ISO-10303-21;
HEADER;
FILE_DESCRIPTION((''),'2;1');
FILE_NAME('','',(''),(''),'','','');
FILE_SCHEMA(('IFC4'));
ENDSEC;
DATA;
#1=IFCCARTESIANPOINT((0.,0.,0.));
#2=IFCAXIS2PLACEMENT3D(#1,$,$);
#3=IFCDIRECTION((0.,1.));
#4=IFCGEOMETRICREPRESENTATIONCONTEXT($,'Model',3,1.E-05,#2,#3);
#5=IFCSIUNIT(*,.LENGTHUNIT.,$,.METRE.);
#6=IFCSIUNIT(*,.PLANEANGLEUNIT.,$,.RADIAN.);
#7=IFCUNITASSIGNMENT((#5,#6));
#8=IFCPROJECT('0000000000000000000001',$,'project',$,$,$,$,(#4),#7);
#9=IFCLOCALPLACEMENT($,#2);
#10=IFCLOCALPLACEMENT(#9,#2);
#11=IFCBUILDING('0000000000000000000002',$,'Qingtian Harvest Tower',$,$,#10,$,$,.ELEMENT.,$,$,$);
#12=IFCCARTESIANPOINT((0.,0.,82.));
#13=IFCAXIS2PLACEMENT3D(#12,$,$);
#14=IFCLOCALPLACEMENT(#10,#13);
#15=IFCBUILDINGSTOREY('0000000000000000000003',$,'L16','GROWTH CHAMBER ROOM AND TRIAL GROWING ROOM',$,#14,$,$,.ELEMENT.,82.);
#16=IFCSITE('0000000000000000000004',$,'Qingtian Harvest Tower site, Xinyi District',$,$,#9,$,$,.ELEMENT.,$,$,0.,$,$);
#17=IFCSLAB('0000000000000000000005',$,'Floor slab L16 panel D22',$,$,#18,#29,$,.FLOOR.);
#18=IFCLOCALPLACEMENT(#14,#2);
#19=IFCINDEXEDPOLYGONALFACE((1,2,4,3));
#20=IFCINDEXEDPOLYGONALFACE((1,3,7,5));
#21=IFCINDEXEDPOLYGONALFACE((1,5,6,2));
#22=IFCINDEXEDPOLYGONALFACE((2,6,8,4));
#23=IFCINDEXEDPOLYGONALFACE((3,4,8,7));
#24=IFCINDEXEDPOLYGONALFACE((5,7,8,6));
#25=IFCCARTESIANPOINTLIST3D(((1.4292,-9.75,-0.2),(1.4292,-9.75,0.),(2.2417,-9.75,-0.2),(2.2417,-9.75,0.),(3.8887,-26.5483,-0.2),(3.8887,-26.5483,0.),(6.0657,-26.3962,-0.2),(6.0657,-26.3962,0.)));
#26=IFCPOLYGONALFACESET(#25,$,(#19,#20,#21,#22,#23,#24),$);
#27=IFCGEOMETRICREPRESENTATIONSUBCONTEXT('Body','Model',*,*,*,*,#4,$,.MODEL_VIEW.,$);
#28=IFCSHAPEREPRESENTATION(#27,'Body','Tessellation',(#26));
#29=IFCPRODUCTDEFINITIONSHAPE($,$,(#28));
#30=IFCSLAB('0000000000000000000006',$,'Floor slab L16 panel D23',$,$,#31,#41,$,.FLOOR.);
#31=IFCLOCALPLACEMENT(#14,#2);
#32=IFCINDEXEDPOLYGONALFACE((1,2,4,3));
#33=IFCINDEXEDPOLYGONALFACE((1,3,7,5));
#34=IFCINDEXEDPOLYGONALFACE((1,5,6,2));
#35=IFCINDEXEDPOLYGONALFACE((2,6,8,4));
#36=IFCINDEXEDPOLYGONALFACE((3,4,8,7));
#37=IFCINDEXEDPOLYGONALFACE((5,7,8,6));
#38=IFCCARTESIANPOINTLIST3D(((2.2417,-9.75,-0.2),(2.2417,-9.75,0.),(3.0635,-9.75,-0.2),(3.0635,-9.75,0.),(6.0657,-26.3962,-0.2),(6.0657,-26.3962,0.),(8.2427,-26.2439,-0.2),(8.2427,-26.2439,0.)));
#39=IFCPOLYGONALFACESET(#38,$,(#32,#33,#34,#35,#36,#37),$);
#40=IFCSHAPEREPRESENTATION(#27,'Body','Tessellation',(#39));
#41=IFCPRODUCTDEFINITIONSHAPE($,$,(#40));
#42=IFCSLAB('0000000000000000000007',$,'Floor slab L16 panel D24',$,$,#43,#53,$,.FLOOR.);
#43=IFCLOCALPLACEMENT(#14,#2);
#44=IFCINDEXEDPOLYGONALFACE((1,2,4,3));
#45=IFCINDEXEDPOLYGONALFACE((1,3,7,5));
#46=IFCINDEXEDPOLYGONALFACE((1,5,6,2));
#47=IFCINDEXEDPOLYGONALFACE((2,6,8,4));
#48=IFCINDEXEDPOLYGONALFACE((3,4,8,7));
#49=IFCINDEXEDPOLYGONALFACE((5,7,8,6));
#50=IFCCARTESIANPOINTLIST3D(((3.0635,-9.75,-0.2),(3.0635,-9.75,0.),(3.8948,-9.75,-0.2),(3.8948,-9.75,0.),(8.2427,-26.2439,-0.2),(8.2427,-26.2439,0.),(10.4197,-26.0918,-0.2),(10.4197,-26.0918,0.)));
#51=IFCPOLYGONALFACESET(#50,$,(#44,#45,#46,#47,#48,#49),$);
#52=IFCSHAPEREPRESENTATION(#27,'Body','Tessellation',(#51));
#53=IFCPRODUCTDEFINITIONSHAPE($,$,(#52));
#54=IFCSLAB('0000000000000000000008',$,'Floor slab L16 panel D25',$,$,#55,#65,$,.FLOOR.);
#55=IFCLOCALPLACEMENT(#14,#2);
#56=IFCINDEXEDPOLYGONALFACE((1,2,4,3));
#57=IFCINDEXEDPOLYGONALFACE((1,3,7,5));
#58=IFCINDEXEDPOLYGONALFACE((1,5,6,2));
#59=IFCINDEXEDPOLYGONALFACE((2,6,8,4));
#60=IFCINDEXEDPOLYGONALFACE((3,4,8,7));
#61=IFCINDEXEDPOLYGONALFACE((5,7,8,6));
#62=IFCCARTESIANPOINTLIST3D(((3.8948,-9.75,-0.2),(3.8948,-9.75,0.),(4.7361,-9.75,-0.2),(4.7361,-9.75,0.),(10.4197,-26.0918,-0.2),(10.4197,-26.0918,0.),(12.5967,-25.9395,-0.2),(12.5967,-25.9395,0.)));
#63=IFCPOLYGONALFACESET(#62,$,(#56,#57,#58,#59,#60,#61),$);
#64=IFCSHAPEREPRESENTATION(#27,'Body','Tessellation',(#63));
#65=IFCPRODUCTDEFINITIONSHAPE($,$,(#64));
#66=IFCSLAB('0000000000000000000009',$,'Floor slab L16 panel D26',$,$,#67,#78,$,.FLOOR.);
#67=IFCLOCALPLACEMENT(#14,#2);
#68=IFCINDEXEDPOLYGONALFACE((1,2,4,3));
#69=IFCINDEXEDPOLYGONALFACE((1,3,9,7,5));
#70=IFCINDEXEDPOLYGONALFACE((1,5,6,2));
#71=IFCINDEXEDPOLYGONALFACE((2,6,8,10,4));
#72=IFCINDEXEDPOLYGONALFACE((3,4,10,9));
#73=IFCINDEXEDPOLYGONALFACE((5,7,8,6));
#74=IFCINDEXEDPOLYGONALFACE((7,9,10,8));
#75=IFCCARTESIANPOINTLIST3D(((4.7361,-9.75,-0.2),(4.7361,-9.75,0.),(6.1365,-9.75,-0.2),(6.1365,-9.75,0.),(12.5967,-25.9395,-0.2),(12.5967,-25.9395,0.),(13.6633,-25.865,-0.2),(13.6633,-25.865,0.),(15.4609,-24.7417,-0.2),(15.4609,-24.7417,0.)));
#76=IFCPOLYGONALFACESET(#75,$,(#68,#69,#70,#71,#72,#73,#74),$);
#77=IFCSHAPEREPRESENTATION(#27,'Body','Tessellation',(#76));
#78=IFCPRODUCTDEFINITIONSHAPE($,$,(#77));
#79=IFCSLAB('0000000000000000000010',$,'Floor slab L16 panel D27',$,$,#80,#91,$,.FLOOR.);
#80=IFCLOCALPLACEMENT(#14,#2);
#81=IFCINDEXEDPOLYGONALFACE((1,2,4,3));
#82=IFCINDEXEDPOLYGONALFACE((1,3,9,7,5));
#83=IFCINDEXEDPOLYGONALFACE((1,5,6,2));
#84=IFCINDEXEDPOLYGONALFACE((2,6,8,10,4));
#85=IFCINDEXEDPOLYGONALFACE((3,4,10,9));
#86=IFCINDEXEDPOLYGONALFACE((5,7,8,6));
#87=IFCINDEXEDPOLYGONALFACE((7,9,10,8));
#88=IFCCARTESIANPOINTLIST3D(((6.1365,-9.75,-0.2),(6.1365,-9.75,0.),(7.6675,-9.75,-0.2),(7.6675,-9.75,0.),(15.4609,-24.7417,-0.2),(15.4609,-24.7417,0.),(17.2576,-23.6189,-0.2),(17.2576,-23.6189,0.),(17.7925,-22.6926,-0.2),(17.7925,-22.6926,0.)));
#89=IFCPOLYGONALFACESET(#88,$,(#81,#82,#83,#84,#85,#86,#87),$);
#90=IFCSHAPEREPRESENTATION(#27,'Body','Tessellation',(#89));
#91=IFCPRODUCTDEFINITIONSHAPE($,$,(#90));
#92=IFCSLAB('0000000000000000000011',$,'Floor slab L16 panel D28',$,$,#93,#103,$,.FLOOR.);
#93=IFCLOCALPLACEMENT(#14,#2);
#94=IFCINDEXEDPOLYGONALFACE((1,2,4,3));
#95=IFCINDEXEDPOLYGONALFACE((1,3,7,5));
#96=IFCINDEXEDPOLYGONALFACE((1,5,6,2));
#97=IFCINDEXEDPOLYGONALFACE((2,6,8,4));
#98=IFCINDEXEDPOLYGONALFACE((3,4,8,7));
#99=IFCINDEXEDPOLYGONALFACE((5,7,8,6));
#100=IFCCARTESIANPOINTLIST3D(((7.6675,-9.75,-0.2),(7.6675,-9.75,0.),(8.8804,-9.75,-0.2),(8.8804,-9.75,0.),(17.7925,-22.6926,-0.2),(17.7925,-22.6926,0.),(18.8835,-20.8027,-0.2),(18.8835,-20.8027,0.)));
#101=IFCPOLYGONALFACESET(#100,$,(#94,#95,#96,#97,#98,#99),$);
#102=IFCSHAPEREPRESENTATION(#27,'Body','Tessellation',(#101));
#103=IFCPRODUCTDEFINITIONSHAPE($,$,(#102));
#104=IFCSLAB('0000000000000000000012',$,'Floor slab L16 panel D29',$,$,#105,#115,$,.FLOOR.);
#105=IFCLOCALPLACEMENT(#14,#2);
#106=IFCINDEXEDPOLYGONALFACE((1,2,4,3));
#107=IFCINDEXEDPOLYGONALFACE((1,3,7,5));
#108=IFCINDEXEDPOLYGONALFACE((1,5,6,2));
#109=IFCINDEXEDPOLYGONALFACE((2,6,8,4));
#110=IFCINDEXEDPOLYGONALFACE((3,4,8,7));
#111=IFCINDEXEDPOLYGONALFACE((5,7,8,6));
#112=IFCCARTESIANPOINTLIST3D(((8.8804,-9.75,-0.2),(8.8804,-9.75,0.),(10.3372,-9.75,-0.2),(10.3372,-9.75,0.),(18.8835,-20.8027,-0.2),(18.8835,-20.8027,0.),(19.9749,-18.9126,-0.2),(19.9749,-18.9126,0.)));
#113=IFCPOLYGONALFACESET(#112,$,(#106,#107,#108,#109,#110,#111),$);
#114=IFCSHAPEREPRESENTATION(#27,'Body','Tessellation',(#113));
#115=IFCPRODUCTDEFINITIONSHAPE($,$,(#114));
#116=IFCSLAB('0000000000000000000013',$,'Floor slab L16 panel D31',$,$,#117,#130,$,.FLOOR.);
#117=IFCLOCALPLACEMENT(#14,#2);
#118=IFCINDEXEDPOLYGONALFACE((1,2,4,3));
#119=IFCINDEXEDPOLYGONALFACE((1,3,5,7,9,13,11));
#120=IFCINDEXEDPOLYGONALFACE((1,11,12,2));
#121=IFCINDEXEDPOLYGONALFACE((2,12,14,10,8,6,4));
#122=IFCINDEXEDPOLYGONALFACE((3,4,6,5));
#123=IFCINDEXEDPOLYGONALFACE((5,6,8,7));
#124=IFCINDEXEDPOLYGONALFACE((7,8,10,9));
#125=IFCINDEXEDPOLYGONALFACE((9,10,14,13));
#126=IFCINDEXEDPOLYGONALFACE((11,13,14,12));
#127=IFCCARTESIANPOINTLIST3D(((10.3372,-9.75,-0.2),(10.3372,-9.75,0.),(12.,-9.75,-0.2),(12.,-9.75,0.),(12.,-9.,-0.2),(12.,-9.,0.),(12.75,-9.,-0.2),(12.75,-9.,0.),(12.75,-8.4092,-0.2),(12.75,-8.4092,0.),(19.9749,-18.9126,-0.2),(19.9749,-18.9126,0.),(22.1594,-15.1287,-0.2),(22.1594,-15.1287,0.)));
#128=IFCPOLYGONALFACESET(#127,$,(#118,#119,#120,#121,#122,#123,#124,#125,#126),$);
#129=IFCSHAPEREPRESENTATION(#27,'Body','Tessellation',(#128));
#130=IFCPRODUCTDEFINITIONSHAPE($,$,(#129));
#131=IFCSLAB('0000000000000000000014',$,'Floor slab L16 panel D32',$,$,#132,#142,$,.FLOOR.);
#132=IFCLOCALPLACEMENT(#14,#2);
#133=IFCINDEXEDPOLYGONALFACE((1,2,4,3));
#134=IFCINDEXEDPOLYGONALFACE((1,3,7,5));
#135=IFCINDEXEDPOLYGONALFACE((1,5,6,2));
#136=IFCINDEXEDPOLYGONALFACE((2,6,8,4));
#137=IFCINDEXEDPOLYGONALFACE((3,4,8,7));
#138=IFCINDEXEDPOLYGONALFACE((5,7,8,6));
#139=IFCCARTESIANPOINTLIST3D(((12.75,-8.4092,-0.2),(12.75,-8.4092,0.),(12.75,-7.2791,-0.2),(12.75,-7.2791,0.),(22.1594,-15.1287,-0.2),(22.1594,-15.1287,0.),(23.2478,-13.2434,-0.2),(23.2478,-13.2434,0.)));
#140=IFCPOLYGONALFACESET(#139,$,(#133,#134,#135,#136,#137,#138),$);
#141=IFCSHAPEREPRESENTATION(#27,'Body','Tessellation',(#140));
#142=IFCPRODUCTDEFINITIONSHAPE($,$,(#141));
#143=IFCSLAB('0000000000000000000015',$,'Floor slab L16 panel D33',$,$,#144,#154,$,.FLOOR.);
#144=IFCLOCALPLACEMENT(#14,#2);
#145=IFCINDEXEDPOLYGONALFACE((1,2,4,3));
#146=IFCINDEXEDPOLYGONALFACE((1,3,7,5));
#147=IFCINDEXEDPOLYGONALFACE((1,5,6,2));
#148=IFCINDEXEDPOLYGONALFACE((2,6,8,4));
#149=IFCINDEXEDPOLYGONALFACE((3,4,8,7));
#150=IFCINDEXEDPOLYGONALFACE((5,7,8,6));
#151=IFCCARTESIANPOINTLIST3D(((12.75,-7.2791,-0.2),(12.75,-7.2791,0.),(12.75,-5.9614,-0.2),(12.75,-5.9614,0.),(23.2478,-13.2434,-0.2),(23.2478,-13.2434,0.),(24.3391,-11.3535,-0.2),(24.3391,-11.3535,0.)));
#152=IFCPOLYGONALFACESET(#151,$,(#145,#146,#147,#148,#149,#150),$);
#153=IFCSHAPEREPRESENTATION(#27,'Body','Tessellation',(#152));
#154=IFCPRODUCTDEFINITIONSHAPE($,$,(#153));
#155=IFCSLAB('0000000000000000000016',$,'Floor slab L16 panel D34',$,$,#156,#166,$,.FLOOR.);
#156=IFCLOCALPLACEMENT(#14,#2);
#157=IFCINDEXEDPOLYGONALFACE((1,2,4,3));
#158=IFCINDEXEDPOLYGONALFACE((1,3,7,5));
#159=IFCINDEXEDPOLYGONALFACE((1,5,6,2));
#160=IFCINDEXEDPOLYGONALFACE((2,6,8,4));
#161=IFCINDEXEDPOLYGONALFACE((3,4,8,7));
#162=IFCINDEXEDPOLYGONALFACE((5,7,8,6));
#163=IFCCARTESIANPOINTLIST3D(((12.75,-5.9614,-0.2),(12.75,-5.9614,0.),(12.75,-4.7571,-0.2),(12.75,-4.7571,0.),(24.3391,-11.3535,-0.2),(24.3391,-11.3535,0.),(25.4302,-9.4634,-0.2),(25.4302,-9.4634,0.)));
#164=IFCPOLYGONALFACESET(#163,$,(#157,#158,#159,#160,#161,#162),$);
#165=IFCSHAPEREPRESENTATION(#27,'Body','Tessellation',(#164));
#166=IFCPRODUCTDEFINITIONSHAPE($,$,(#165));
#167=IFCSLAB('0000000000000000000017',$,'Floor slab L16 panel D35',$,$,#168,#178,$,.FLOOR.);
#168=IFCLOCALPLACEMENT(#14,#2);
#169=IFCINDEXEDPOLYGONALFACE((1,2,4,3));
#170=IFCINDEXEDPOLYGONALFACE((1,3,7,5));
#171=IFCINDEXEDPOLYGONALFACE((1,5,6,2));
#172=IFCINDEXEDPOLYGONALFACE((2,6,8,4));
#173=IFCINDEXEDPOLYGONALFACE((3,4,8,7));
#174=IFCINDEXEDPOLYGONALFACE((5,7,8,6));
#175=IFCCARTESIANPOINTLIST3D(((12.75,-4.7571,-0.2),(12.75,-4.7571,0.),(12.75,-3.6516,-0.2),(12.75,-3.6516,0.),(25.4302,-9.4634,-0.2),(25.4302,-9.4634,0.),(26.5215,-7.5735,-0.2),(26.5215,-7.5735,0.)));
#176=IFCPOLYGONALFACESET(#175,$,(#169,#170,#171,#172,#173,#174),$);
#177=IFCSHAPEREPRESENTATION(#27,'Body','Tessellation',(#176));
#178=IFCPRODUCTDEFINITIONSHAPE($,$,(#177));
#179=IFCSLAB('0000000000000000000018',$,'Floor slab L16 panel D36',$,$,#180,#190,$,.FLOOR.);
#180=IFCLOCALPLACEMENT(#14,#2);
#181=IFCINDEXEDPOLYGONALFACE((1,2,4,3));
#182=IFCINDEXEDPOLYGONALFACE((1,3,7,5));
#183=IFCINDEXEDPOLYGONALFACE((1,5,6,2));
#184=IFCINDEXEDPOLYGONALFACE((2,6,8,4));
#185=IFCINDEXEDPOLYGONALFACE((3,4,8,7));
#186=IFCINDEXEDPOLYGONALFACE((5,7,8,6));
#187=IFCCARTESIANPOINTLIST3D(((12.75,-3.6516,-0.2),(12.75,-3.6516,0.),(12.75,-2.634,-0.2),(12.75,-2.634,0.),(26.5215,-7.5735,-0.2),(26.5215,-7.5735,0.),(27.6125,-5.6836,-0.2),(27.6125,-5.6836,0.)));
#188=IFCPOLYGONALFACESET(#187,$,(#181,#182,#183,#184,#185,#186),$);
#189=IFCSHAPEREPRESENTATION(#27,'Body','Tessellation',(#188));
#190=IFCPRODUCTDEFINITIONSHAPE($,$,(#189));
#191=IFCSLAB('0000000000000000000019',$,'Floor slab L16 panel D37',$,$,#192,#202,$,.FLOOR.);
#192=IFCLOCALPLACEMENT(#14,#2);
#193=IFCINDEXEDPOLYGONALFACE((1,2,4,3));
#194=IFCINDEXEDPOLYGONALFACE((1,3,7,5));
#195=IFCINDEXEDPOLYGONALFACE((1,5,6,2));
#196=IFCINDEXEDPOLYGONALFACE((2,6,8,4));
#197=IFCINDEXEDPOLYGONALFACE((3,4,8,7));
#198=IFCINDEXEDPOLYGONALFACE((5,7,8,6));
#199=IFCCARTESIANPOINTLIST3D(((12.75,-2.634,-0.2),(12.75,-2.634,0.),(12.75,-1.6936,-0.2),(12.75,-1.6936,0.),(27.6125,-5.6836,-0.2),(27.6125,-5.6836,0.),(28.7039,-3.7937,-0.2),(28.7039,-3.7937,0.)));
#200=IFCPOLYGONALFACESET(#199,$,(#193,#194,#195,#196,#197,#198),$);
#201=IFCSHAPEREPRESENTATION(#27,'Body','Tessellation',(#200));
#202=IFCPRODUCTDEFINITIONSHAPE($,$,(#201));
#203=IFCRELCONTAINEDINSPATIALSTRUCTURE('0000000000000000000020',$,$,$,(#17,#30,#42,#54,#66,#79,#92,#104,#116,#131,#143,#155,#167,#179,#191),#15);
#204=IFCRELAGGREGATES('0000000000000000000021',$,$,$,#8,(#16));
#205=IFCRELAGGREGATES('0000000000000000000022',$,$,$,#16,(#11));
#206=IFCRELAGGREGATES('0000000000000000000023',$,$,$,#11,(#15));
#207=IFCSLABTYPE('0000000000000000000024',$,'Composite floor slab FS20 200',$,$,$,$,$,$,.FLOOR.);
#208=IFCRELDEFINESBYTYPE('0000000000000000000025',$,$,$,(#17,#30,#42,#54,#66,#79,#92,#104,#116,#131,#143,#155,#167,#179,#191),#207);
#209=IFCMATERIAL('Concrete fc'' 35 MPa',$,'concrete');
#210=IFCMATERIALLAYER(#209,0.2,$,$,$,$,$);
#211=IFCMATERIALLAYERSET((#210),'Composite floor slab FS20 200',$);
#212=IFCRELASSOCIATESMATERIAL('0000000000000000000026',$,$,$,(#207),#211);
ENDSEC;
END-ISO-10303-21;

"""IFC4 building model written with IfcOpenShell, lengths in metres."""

from ifc_helpers import new_model, si_unit, direction, frame, origin, place, context, subcontext, project, spatial, polyline, outline, extrude, material, layer, layer_set, type_object, element, save


model = new_model("IFC4")

# Units and contexts
model_context = context("Model", 3, precision=1e-05, world=origin(), true_north=direction((0.0, 1.0)))
body_context = subcontext(model_context, "Body", "Model", "MODEL_VIEW")
ifc_project = project(units=[si_unit("LENGTHUNIT", "METRE"), si_unit("PLANEANGLEUNIT", "RADIAN")], contexts=[model_context])

# Site, building, storey
site_placement = place(None, origin())
site = spatial("IfcSite", under=ifc_project, at=site_placement, Name="Qingtian Harvest Tower site, Xinyi District", CompositionType="ELEMENT", RefElevation=0.0)
building_placement = place(site_placement, origin())
building = spatial("IfcBuilding", under=site, at=building_placement, Name="Qingtian Harvest Tower", CompositionType="ELEMENT")
storey_placement = place(building_placement, frame((0.0, 0.0, 82.0)))
storey = spatial("IfcBuildingStorey", under=building, at=storey_placement, Name="L16", Description="GROWTH CHAMBER ROOM AND TRIAL GROWING ROOM", CompositionType="ELEMENT", Elevation=82.0)

# Slabs
ifc_material = material(Name="Concrete fc' 35 MPa", Category="concrete")
ifc_layer = layer(ifc_material, 0.2)
ifc_layer_set = layer_set([ifc_layer], Name="Composite floor slab FS20 200")
slab_type = type_object("IfcSlabType", Name="Composite floor slab FS20 200", PredefinedType="FLOOR", material=ifc_layer_set)
slab_1_placement = place(storey_placement, frame((0.0, 0.0, -0.2)))
element("IfcSlab", 1, at=slab_1_placement, inside=storey, type_object=slab_type, Name="Floor slab L16 panel D22", PredefinedType="FLOOR", context=body_context, shape_type="SweptSolid", body=[
    extrude(outline(polyline([(2.2417, -9.75), (6.0657, -26.3962), (3.8887, -26.5483), (1.4292, -9.75), (2.2417, -9.75)])), origin(), (0.0, 0.0, 1.0), 0.2),
])
slab_2_placement = place(storey_placement, frame((0.0, 0.0, -0.2)))
element("IfcSlab", 2, at=slab_2_placement, inside=storey, type_object=slab_type, Name="Floor slab L16 panel D23", PredefinedType="FLOOR", context=body_context, shape_type="SweptSolid", body=[
    extrude(outline(polyline([(3.0635, -9.75), (8.2427, -26.2439), (6.0657, -26.3962), (2.2417, -9.75), (3.0635, -9.75)])), origin(), (0.0, 0.0, 1.0), 0.2),
])
slab_3_placement = place(storey_placement, frame((0.0, 0.0, -0.2)))
element("IfcSlab", 3, at=slab_3_placement, inside=storey, type_object=slab_type, Name="Floor slab L16 panel D24", PredefinedType="FLOOR", context=body_context, shape_type="SweptSolid", body=[
    extrude(outline(polyline([(3.8948, -9.75), (10.4197, -26.0918), (8.2427, -26.2439), (3.0635, -9.75), (3.8948, -9.75)])), origin(), (0.0, 0.0, 1.0), 0.2),
])
slab_4_placement = place(storey_placement, frame((0.0, 0.0, -0.2)))
element("IfcSlab", 4, at=slab_4_placement, inside=storey, type_object=slab_type, Name="Floor slab L16 panel D25", PredefinedType="FLOOR", context=body_context, shape_type="SweptSolid", body=[
    extrude(outline(polyline([(4.7361, -9.75), (12.5967, -25.9395), (10.4197, -26.0918), (3.8948, -9.75), (4.7361, -9.75)])), origin(), (0.0, 0.0, 1.0), 0.2),
])
slab_5_placement = place(storey_placement, frame((0.0, 0.0, -0.2)))
element("IfcSlab", 5, at=slab_5_placement, inside=storey, type_object=slab_type, Name="Floor slab L16 panel D26", PredefinedType="FLOOR", context=body_context, shape_type="SweptSolid", body=[
    extrude(outline(polyline([(4.7361, -9.75), (6.1365, -9.75), (15.4609, -24.7417), (13.6633, -25.865), (12.5967, -25.9395), (4.7361, -9.75)])), origin(), (0.0, 0.0, 1.0), 0.2),
])
slab_6_placement = place(storey_placement, frame((0.0, 0.0, -0.2)))
element("IfcSlab", 6, at=slab_6_placement, inside=storey, type_object=slab_type, Name="Floor slab L16 panel D27", PredefinedType="FLOOR", context=body_context, shape_type="SweptSolid", body=[
    extrude(outline(polyline([(6.1365, -9.75), (7.6675, -9.75), (17.7925, -22.6926), (17.2576, -23.6189), (15.4609, -24.7417), (6.1365, -9.75)])), origin(), (0.0, 0.0, 1.0), 0.2),
])
slab_7_placement = place(storey_placement, frame((0.0, 0.0, -0.2)))
element("IfcSlab", 7, at=slab_7_placement, inside=storey, type_object=slab_type, Name="Floor slab L16 panel D28", PredefinedType="FLOOR", context=body_context, shape_type="SweptSolid", body=[
    extrude(outline(polyline([(8.8804, -9.75), (18.8835, -20.8027), (17.7925, -22.6926), (7.6675, -9.75), (8.8804, -9.75)])), origin(), (0.0, 0.0, 1.0), 0.2),
])
slab_8_placement = place(storey_placement, frame((0.0, 0.0, -0.2)))
element("IfcSlab", 8, at=slab_8_placement, inside=storey, type_object=slab_type, Name="Floor slab L16 panel D29", PredefinedType="FLOOR", context=body_context, shape_type="SweptSolid", body=[
    extrude(outline(polyline([(10.3372, -9.75), (19.9749, -18.9126), (18.8835, -20.8027), (8.8804, -9.75), (10.3372, -9.75)])), origin(), (0.0, 0.0, 1.0), 0.2),
])
slab_9_placement = place(storey_placement, frame((0.0, 0.0, -0.2)))
element("IfcSlab", 9, at=slab_9_placement, inside=storey, type_object=slab_type, Name="Floor slab L16 panel D31", PredefinedType="FLOOR", context=body_context, shape_type="SweptSolid", body=[
    extrude(outline(polyline([(12.75, -8.4092), (22.1594, -15.1287), (19.9749, -18.9126), (10.3372, -9.75), (12.0, -9.75), (12.0, -9.0), (12.75, -9.0), (12.75, -8.4092)])), origin(), (0.0, 0.0, 1.0), 0.2),
])
slab_10_placement = place(storey_placement, frame((0.0, 0.0, -0.2)))
element("IfcSlab", 10, at=slab_10_placement, inside=storey, type_object=slab_type, Name="Floor slab L16 panel D32", PredefinedType="FLOOR", context=body_context, shape_type="SweptSolid", body=[
    extrude(outline(polyline([(12.75, -7.2791), (23.2478, -13.2434), (22.1594, -15.1287), (12.75, -8.4092), (12.75, -7.2791)])), origin(), (0.0, 0.0, 1.0), 0.2),
])
slab_11_placement = place(storey_placement, frame((0.0, 0.0, -0.2)))
element("IfcSlab", 11, at=slab_11_placement, inside=storey, type_object=slab_type, Name="Floor slab L16 panel D33", PredefinedType="FLOOR", context=body_context, shape_type="SweptSolid", body=[
    extrude(outline(polyline([(12.75, -5.9614), (24.3391, -11.3535), (23.2478, -13.2434), (12.75, -7.2791), (12.75, -5.9614)])), origin(), (0.0, 0.0, 1.0), 0.2),
])
slab_12_placement = place(storey_placement, frame((0.0, 0.0, -0.2)))
element("IfcSlab", 12, at=slab_12_placement, inside=storey, type_object=slab_type, Name="Floor slab L16 panel D34", PredefinedType="FLOOR", context=body_context, shape_type="SweptSolid", body=[
    extrude(outline(polyline([(12.75, -4.7571), (25.4302, -9.4634), (24.3391, -11.3535), (12.75, -5.9614), (12.75, -4.7571)])), origin(), (0.0, 0.0, 1.0), 0.2),
])
slab_13_placement = place(storey_placement, frame((0.0, 0.0, -0.2)))
element("IfcSlab", 13, at=slab_13_placement, inside=storey, type_object=slab_type, Name="Floor slab L16 panel D35", PredefinedType="FLOOR", context=body_context, shape_type="SweptSolid", body=[
    extrude(outline(polyline([(12.75, -3.6516), (26.5215, -7.5735), (25.4302, -9.4634), (12.75, -4.7571), (12.75, -3.6516)])), origin(), (0.0, 0.0, 1.0), 0.2),
])
slab_14_placement = place(storey_placement, frame((0.0, 0.0, -0.2)))
element("IfcSlab", 14, at=slab_14_placement, inside=storey, type_object=slab_type, Name="Floor slab L16 panel D36", PredefinedType="FLOOR", context=body_context, shape_type="SweptSolid", body=[
    extrude(outline(polyline([(12.75, -2.634), (27.6125, -5.6836), (26.5215, -7.5735), (12.75, -3.6516), (12.75, -2.634)])), origin(), (0.0, 0.0, 1.0), 0.2),
])
slab_15_placement = place(storey_placement, frame((0.0, 0.0, -0.2)))
element("IfcSlab", 15, at=slab_15_placement, inside=storey, type_object=slab_type, Name="Floor slab L16 panel D37", PredefinedType="FLOOR", context=body_context, shape_type="SweptSolid", body=[
    extrude(outline(polyline([(12.75, -1.6936), (28.7039, -3.7937), (27.6125, -5.6836), (12.75, -2.634), (12.75, -1.6936)])), origin(), (0.0, 0.0, 1.0), 0.2),
])

save(model, "model.ifc")
